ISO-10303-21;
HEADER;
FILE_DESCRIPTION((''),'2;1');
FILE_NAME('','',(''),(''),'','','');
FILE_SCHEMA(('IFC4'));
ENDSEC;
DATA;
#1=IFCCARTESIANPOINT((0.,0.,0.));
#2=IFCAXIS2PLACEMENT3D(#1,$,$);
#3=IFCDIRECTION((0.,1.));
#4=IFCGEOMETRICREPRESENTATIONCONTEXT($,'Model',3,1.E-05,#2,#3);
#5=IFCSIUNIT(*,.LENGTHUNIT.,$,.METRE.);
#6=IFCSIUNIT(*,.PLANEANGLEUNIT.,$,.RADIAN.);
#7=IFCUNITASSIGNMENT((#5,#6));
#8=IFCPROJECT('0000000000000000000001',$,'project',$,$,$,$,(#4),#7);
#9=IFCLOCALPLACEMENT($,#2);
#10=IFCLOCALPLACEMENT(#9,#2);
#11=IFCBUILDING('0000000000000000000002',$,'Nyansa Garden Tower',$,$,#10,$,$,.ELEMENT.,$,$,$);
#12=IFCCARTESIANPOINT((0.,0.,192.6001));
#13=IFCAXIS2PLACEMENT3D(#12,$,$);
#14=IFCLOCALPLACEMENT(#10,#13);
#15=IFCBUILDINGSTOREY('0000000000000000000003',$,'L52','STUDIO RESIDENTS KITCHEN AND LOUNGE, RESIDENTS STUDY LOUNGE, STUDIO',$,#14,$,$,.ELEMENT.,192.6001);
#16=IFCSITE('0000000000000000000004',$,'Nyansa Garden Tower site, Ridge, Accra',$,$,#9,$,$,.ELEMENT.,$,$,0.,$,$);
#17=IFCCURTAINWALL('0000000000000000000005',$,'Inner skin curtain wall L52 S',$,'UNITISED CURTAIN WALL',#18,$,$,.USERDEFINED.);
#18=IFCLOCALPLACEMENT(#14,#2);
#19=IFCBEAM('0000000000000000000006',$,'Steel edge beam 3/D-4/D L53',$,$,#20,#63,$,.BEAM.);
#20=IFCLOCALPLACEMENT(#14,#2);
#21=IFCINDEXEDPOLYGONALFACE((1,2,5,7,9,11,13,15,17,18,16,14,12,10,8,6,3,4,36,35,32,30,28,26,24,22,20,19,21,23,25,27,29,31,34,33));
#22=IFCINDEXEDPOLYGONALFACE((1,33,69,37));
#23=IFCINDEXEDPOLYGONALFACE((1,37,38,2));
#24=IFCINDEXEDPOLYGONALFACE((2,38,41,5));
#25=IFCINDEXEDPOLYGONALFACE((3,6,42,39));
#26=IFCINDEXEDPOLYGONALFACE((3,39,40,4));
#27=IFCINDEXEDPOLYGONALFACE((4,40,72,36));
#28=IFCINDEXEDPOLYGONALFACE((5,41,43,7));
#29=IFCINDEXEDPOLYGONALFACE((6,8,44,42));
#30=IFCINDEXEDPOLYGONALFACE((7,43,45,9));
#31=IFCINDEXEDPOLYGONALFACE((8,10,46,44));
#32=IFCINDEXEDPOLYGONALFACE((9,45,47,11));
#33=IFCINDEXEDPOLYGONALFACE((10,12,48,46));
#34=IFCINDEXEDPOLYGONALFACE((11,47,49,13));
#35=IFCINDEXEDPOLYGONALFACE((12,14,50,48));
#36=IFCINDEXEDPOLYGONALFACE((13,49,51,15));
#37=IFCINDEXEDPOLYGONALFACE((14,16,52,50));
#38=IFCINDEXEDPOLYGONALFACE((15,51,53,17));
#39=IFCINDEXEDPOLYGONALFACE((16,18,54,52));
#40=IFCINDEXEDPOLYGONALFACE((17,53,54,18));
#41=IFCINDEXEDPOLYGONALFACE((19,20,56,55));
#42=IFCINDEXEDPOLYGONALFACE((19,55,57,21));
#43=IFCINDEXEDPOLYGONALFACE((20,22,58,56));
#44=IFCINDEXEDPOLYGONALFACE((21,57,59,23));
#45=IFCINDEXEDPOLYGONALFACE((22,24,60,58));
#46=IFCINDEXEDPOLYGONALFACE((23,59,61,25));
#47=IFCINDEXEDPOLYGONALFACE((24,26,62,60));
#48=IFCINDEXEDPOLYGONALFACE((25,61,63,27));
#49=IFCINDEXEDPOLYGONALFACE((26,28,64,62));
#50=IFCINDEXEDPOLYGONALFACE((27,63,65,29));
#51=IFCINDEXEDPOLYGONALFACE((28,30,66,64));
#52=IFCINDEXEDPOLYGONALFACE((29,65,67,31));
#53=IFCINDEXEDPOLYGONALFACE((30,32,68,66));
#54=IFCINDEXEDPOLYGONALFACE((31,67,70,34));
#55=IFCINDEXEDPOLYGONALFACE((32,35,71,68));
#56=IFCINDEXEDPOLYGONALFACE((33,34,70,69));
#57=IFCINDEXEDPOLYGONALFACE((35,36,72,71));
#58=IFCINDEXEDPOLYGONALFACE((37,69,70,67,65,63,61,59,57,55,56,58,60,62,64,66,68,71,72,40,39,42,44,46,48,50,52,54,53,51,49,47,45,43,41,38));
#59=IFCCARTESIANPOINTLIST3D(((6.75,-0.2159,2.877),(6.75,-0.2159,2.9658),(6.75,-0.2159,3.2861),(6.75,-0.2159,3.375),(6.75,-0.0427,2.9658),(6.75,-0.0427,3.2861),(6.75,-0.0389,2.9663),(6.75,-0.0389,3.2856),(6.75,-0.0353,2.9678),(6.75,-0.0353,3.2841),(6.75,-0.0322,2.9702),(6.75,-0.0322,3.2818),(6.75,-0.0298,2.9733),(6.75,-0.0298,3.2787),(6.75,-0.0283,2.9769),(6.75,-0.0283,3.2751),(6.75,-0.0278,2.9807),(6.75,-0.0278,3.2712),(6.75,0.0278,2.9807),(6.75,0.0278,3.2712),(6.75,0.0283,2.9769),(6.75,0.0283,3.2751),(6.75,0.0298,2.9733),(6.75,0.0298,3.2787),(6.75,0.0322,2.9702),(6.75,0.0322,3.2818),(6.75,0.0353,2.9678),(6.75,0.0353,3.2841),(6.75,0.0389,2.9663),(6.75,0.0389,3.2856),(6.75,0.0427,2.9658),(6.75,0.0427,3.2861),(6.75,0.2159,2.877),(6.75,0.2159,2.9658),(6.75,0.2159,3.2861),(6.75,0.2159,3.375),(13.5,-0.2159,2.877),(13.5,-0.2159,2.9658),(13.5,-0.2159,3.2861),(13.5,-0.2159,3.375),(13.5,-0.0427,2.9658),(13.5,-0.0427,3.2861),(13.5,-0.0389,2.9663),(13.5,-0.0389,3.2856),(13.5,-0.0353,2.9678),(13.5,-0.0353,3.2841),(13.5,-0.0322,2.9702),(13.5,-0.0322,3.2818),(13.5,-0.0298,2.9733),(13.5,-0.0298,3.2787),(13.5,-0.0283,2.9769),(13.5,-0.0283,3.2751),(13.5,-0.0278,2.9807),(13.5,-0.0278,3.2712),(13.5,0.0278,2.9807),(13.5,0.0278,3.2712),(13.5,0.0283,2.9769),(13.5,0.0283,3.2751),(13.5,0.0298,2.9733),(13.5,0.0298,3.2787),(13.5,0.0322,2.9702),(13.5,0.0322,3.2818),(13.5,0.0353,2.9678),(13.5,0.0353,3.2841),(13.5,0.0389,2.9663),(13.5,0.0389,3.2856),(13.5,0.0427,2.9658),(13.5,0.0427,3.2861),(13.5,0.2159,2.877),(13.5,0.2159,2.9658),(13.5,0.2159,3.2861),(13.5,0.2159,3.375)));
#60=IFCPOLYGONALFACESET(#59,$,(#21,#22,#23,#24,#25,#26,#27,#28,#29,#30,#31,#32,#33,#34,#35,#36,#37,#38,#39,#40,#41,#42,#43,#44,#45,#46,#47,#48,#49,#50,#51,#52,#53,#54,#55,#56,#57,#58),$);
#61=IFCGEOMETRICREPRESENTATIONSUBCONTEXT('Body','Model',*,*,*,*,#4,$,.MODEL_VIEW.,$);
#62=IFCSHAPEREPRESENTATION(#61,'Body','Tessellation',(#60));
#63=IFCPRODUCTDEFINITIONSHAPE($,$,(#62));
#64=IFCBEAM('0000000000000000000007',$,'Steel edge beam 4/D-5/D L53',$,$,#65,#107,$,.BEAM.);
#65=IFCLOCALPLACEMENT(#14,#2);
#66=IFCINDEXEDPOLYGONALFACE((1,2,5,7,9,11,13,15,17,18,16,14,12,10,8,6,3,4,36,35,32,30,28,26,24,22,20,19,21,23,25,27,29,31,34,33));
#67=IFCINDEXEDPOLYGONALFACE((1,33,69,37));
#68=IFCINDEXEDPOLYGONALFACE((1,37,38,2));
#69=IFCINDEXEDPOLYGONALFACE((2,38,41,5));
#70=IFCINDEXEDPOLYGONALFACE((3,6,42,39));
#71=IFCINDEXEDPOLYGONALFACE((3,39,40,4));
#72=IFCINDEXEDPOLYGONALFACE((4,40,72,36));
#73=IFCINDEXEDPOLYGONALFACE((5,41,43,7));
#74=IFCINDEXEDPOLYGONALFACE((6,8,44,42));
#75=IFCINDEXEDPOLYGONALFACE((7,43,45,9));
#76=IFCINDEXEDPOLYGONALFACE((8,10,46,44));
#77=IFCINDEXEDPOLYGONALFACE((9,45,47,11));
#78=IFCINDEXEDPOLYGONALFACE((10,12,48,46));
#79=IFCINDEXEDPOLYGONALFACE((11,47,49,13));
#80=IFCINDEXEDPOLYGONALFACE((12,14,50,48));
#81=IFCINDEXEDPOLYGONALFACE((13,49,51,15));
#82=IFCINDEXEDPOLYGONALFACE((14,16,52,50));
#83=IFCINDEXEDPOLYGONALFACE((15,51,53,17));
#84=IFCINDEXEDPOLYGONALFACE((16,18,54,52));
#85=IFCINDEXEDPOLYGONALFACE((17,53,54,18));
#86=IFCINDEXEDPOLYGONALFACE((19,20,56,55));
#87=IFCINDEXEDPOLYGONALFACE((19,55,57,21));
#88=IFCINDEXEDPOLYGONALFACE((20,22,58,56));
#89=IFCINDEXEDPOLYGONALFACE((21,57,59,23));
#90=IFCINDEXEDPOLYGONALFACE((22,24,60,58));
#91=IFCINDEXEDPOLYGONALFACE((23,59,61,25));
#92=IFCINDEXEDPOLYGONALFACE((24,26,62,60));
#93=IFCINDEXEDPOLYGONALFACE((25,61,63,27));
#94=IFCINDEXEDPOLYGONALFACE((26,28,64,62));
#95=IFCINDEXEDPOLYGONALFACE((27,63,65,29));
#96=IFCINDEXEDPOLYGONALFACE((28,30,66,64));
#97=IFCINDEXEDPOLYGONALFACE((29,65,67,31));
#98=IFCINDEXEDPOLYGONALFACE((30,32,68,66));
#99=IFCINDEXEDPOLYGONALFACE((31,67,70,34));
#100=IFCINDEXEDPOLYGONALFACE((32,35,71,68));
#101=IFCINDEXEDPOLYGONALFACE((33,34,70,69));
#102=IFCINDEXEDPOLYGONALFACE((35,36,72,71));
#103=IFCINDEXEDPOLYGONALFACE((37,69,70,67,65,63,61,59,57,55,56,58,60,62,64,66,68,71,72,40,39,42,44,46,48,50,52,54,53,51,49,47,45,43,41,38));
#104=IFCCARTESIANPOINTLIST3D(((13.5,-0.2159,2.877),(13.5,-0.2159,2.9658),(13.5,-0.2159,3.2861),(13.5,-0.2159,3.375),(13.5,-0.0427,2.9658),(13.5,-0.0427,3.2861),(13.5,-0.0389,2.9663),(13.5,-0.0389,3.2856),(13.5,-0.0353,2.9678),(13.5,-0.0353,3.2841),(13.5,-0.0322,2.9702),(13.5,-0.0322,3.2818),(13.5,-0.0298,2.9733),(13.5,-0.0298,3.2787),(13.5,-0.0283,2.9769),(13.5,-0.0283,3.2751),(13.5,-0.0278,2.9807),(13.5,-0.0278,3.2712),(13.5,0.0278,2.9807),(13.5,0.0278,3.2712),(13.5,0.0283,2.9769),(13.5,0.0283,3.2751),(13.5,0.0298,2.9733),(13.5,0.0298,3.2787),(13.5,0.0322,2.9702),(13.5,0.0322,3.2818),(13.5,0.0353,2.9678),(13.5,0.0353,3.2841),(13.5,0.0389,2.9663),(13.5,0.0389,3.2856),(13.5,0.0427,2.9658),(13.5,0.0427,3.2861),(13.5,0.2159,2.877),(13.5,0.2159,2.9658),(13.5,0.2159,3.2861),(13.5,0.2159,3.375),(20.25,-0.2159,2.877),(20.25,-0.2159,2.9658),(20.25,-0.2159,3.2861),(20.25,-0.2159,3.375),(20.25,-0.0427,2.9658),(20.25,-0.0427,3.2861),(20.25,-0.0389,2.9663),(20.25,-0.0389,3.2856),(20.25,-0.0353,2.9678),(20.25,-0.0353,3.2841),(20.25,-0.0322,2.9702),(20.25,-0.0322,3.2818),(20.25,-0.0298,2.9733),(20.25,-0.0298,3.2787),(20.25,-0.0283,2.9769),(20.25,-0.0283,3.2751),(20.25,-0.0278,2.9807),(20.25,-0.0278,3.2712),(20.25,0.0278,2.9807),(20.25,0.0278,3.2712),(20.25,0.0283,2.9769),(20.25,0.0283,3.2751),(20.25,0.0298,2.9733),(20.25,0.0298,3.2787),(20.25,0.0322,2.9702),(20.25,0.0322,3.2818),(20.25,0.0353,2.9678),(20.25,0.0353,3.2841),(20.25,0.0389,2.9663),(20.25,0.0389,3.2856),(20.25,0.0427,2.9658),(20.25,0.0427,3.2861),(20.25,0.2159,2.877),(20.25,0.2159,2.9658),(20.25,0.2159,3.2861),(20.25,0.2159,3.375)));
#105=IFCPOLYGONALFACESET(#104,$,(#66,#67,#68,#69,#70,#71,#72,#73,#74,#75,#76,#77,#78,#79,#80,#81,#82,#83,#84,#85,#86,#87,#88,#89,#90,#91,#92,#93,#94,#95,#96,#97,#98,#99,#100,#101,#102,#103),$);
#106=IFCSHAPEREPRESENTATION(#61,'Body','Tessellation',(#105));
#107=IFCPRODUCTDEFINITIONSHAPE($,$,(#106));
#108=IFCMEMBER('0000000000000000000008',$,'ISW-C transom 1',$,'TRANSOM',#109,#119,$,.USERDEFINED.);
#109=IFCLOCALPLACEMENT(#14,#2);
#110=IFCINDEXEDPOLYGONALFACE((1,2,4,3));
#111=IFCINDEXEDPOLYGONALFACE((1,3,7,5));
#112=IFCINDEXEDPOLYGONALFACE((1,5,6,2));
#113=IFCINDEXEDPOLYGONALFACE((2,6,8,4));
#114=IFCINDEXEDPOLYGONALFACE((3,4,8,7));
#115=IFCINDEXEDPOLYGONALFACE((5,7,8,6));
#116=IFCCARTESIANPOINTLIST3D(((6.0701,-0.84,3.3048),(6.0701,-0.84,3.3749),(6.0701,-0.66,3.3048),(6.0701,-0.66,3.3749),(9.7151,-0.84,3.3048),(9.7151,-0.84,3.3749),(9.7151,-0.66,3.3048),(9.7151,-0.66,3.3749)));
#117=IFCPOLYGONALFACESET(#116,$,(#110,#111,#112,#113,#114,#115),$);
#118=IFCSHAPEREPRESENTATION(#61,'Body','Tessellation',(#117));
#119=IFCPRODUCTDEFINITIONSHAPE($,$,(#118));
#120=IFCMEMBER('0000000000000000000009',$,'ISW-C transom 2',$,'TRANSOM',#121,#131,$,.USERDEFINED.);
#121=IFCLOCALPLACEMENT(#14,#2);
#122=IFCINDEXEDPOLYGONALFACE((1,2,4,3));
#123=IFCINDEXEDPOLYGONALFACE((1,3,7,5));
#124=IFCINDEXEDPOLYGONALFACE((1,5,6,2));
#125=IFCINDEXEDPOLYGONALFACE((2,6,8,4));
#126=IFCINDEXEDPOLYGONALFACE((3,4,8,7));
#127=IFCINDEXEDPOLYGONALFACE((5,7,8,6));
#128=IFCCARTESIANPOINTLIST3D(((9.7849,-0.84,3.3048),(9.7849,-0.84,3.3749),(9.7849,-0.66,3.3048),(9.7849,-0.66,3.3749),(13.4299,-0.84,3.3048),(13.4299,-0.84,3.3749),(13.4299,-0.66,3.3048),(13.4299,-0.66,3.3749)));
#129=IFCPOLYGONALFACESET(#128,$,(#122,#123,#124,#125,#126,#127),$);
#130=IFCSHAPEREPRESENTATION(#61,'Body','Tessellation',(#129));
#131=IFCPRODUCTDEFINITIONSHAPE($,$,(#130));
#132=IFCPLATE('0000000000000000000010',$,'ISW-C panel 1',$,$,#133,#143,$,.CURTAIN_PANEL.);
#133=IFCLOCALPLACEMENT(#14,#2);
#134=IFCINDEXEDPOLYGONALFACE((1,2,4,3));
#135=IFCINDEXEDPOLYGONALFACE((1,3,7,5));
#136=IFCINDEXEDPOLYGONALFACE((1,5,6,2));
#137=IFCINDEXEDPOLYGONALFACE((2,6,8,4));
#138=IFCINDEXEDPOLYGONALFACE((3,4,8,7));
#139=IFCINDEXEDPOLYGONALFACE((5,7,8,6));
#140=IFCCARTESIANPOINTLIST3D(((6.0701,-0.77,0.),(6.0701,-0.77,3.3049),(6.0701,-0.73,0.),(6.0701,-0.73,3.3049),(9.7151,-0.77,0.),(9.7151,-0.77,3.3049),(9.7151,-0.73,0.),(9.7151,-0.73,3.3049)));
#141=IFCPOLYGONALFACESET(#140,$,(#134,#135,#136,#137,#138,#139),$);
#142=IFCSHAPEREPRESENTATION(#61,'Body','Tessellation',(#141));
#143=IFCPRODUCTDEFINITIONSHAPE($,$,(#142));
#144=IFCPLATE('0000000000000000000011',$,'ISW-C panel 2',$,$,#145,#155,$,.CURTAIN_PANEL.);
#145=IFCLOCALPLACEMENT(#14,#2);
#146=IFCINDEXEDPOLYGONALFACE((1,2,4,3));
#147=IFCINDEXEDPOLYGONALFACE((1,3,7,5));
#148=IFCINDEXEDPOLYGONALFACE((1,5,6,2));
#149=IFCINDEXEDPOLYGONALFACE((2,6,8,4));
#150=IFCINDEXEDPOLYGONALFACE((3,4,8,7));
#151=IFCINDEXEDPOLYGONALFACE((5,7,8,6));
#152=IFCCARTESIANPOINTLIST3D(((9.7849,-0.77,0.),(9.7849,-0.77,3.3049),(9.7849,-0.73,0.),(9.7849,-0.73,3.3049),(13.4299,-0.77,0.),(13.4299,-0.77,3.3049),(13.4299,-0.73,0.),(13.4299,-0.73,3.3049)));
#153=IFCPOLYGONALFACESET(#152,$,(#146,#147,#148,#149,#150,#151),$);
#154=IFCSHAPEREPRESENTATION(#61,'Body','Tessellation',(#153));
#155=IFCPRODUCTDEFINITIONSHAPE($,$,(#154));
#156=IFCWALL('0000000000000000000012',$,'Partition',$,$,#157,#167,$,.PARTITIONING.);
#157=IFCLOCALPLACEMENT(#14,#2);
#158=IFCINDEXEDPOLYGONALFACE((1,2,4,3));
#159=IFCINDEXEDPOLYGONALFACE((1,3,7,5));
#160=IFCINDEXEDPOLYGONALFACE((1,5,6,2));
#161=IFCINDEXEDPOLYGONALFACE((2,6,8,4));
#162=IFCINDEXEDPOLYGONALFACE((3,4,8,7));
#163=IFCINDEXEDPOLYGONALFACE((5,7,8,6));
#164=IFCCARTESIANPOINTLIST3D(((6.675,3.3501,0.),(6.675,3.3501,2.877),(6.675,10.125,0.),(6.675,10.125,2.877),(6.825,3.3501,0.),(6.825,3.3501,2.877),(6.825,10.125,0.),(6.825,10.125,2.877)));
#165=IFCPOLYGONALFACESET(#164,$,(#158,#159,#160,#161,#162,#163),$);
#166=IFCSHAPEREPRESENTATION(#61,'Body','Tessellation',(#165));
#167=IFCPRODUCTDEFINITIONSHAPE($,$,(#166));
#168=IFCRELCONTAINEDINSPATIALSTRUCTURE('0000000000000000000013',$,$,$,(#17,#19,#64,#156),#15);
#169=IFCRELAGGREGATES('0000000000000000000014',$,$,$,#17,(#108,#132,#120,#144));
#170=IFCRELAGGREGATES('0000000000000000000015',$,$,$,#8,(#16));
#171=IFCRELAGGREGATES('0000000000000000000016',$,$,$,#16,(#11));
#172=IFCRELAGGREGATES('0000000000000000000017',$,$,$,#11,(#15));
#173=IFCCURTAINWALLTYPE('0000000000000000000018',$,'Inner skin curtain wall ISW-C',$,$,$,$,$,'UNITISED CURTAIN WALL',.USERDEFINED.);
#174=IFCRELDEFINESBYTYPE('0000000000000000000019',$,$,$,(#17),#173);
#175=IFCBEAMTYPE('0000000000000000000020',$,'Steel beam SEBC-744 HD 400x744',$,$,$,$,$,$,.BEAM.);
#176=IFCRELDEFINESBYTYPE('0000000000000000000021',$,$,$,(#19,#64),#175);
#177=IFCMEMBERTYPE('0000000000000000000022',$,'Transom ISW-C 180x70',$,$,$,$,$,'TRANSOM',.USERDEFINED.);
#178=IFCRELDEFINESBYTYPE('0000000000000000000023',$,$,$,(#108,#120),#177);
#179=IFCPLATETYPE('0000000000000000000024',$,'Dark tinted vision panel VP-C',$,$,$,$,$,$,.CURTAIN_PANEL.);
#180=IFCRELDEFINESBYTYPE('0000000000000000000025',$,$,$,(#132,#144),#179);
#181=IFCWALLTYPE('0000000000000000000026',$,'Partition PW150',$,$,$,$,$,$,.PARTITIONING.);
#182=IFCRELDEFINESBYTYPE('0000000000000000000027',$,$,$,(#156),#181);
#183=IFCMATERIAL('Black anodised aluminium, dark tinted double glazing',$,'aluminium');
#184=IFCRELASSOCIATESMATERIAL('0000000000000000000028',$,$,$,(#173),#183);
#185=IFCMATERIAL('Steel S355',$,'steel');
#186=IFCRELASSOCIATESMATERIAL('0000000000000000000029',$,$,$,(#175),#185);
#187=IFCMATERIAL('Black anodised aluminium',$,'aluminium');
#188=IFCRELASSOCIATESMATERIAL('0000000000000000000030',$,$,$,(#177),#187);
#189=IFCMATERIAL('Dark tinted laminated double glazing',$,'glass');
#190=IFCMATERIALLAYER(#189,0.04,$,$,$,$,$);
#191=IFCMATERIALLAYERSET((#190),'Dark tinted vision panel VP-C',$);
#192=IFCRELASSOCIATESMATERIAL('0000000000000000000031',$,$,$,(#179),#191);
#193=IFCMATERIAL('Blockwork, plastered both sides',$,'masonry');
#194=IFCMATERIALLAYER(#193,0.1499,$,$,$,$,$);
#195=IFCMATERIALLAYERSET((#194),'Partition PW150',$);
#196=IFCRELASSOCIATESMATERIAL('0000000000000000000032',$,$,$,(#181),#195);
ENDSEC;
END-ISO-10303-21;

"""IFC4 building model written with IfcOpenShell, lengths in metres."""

from ifc_helpers import new_model, si_unit, direction, frame, frame_2d, origin, origin_2d, place, context, subcontext, project, spatial, rectangle, i_section, extrude, material, layer, layer_set, material_profile, profile_set, type_object, element, aggregate, save


model = new_model("IFC4")

# Units and contexts
model_context = context("Model", 3, precision=1e-05, world=origin(), true_north=direction((0.0, 1.0)))
body_context = subcontext(model_context, "Body", "Model", "MODEL_VIEW")
ifc_project = project(units=[si_unit("LENGTHUNIT", "METRE"), si_unit("PLANEANGLEUNIT", "RADIAN")], contexts=[model_context])

# Site, building, storey
site_placement = place(None, origin())
site = spatial("IfcSite", under=ifc_project, at=site_placement, Name="Nyansa Garden Tower site, Ridge, Accra", CompositionType="ELEMENT", RefElevation=0.0)
building_placement = place(site_placement, origin())
building = spatial("IfcBuilding", under=site, at=building_placement, Name="Nyansa Garden Tower", CompositionType="ELEMENT")
storey_placement = place(building_placement, frame((0.0, 0.0, 192.6001)))
storey = spatial("IfcBuildingStorey", under=building, at=storey_placement, Name="L52", Description="STUDIO RESIDENTS KITCHEN AND LOUNGE, RESIDENTS STUDY LOUNGE, STUDIO", CompositionType="ELEMENT", Elevation=192.6001)

# Curtain wall
ifc_material_1 = material(Name="Black anodised aluminium, dark tinted double glazing", Category="aluminium")
curtain_wall_type = type_object("IfcCurtainWallType", Name="Inner skin curtain wall ISW-C", ElementType="UNITISED CURTAIN WALL", PredefinedType="USERDEFINED", material=ifc_material_1)
curtain_wall_placement = place(storey_placement, origin())
curtain_wall = element("IfcCurtainWall", 1, at=curtain_wall_placement, inside=storey, type_object=curtain_wall_type, Name="Inner skin curtain wall L52 S", ObjectType="UNITISED CURTAIN WALL", PredefinedType="USERDEFINED")

# Beams
ifc_material_2 = material(Name="Steel S355", Category="steel")
ifc_material_profile_1 = material_profile(ifc_material_2, i_section(OverallWidth=0.4319, OverallDepth=0.498, WebThickness=0.0557, FlangeThickness=0.0889, FilletRadius=0.0149, at=origin_2d()), Name="HD 400x744")
ifc_profile_set_1 = profile_set([ifc_material_profile_1], Name="Steel S355")
beam_type_1 = type_object("IfcBeamType", Name="Steel beam SEBC-744 HD 400x744", PredefinedType="BEAM", material=ifc_profile_set_1)
for number, where, z_axis, x_axis, name in (
    (2, (6.75, 0.0, 3.126), (1.0, 0.0, 0.0), (0.0, 1.0, 0.0), "Steel edge beam 3/D-4/D L53"),
    (3, (13.5, 0.0, 3.126), (1.0, 0.0, 0.0), (0.0, 1.0, 0.0), "Steel edge beam 4/D-5/D L53"),
):
    element("IfcBeam", number, at=place(storey_placement, frame(where, z_axis=z_axis, x_axis=x_axis)), inside=storey, type_object=beam_type_1, Name=name, PredefinedType="BEAM", context=body_context, shape_type="SweptSolid", body=[
        extrude(i_section(OverallWidth=0.4319, OverallDepth=0.498, WebThickness=0.0557, FlangeThickness=0.0889, FilletRadius=0.0149, at=origin_2d()), origin(), (0.0, 0.0, 1.0), 6.75),
    ])

# Members
ifc_material_3 = material(Name="Black anodised aluminium", Category="aluminium")
ifc_material_profile_2 = material_profile(ifc_material_3, rectangle(XDim=0.1799, YDim=0.0701, at=origin_2d()), Name="Transom 180x70")
ifc_profile_set_2 = profile_set([ifc_material_profile_2], Name="Black anodised aluminium")
member_type_1 = type_object("IfcMemberType", Name="Transom ISW-C 180x70", ElementType="TRANSOM", PredefinedType="USERDEFINED", material=ifc_profile_set_2)
member_1_placement = place(storey_placement, frame((6.0701, -0.75, 3.3398), z_axis=(1.0, 0.0, 0.0), x_axis=(0.0, 1.0, 0.0)))
member_1 = element("IfcMember", 4, at=member_1_placement, type_object=member_type_1, Name="ISW-C transom 1", ObjectType="TRANSOM", PredefinedType="USERDEFINED", context=body_context, shape_type="SweptSolid", body=[
    extrude(rectangle(XDim=0.1799, YDim=0.0701, at=origin_2d()), origin(), (0.0, 0.0, 1.0), 3.645),
])
member_2_placement = place(storey_placement, frame((9.7849, -0.75, 3.3398), z_axis=(1.0, 0.0, 0.0), x_axis=(0.0, 1.0, 0.0)))
member_2 = element("IfcMember", 5, at=member_2_placement, type_object=member_type_1, Name="ISW-C transom 2", ObjectType="TRANSOM", PredefinedType="USERDEFINED", context=body_context, shape_type="SweptSolid", body=[
    extrude(rectangle(XDim=0.1799, YDim=0.0701, at=origin_2d()), origin(), (0.0, 0.0, 1.0), 3.645),
])

# Plates
ifc_material_4 = material(Name="Dark tinted laminated double glazing", Category="glass")
ifc_layer_1 = layer(ifc_material_4, 0.04)
ifc_layer_set_1 = layer_set([ifc_layer_1], Name="Dark tinted vision panel VP-C")
plate_type = type_object("IfcPlateType", Name="Dark tinted vision panel VP-C", PredefinedType="CURTAIN_PANEL", material=ifc_layer_set_1)
plate_1_placement = place(storey_placement, frame((7.8926, -0.75, 0.0), z_axis=(0.0, 0.0, 1.0), x_axis=(1.0, 0.0, 0.0)))
plate_1 = element("IfcPlate", 6, at=plate_1_placement, type_object=plate_type, Name="ISW-C panel 1", PredefinedType="CURTAIN_PANEL", context=body_context, shape_type="SweptSolid", body=[
    extrude(rectangle(XDim=3.645, YDim=0.04, at=origin_2d()), origin(), (0.0, 0.0, 1.0), 3.3049),
])
plate_2_placement = place(storey_placement, frame((11.6074, -0.75, 0.0), z_axis=(0.0, 0.0, 1.0), x_axis=(1.0, 0.0, 0.0)))
plate_2 = element("IfcPlate", 7, at=plate_2_placement, type_object=plate_type, Name="ISW-C panel 2", PredefinedType="CURTAIN_PANEL", context=body_context, shape_type="SweptSolid", body=[
    extrude(rectangle(XDim=3.645, YDim=0.04, at=origin_2d()), origin(), (0.0, 0.0, 1.0), 3.3049),
])
aggregate(curtain_wall, [member_1, plate_1, member_2, plate_2])

# Wall
ifc_material_5 = material(Name="Blockwork, plastered both sides", Category="masonry")
ifc_layer_2 = layer(ifc_material_5, 0.1499)
ifc_layer_set_2 = layer_set([ifc_layer_2], Name="Partition PW150")
wall_type_1 = type_object("IfcWallType", Name="Partition PW150", PredefinedType="PARTITIONING", material=ifc_layer_set_2)
wall_1_placement = place(storey_placement, frame((6.75, 3.3501, 0.0), z_axis=(0.0, 0.0, 1.0), x_axis=(0.0, 1.0, 0.0)))
element("IfcWall", 8, at=wall_1_placement, inside=storey, type_object=wall_type_1, Name="Partition", PredefinedType="PARTITIONING", context=body_context, shape_type="SweptSolid", body=[
    extrude(rectangle(XDim=6.7749, YDim=0.1499, at=frame_2d((3.3875, 0.0))), origin(), (0.0, 0.0, 1.0), 2.877),
])

save(model, "model.ifc")
